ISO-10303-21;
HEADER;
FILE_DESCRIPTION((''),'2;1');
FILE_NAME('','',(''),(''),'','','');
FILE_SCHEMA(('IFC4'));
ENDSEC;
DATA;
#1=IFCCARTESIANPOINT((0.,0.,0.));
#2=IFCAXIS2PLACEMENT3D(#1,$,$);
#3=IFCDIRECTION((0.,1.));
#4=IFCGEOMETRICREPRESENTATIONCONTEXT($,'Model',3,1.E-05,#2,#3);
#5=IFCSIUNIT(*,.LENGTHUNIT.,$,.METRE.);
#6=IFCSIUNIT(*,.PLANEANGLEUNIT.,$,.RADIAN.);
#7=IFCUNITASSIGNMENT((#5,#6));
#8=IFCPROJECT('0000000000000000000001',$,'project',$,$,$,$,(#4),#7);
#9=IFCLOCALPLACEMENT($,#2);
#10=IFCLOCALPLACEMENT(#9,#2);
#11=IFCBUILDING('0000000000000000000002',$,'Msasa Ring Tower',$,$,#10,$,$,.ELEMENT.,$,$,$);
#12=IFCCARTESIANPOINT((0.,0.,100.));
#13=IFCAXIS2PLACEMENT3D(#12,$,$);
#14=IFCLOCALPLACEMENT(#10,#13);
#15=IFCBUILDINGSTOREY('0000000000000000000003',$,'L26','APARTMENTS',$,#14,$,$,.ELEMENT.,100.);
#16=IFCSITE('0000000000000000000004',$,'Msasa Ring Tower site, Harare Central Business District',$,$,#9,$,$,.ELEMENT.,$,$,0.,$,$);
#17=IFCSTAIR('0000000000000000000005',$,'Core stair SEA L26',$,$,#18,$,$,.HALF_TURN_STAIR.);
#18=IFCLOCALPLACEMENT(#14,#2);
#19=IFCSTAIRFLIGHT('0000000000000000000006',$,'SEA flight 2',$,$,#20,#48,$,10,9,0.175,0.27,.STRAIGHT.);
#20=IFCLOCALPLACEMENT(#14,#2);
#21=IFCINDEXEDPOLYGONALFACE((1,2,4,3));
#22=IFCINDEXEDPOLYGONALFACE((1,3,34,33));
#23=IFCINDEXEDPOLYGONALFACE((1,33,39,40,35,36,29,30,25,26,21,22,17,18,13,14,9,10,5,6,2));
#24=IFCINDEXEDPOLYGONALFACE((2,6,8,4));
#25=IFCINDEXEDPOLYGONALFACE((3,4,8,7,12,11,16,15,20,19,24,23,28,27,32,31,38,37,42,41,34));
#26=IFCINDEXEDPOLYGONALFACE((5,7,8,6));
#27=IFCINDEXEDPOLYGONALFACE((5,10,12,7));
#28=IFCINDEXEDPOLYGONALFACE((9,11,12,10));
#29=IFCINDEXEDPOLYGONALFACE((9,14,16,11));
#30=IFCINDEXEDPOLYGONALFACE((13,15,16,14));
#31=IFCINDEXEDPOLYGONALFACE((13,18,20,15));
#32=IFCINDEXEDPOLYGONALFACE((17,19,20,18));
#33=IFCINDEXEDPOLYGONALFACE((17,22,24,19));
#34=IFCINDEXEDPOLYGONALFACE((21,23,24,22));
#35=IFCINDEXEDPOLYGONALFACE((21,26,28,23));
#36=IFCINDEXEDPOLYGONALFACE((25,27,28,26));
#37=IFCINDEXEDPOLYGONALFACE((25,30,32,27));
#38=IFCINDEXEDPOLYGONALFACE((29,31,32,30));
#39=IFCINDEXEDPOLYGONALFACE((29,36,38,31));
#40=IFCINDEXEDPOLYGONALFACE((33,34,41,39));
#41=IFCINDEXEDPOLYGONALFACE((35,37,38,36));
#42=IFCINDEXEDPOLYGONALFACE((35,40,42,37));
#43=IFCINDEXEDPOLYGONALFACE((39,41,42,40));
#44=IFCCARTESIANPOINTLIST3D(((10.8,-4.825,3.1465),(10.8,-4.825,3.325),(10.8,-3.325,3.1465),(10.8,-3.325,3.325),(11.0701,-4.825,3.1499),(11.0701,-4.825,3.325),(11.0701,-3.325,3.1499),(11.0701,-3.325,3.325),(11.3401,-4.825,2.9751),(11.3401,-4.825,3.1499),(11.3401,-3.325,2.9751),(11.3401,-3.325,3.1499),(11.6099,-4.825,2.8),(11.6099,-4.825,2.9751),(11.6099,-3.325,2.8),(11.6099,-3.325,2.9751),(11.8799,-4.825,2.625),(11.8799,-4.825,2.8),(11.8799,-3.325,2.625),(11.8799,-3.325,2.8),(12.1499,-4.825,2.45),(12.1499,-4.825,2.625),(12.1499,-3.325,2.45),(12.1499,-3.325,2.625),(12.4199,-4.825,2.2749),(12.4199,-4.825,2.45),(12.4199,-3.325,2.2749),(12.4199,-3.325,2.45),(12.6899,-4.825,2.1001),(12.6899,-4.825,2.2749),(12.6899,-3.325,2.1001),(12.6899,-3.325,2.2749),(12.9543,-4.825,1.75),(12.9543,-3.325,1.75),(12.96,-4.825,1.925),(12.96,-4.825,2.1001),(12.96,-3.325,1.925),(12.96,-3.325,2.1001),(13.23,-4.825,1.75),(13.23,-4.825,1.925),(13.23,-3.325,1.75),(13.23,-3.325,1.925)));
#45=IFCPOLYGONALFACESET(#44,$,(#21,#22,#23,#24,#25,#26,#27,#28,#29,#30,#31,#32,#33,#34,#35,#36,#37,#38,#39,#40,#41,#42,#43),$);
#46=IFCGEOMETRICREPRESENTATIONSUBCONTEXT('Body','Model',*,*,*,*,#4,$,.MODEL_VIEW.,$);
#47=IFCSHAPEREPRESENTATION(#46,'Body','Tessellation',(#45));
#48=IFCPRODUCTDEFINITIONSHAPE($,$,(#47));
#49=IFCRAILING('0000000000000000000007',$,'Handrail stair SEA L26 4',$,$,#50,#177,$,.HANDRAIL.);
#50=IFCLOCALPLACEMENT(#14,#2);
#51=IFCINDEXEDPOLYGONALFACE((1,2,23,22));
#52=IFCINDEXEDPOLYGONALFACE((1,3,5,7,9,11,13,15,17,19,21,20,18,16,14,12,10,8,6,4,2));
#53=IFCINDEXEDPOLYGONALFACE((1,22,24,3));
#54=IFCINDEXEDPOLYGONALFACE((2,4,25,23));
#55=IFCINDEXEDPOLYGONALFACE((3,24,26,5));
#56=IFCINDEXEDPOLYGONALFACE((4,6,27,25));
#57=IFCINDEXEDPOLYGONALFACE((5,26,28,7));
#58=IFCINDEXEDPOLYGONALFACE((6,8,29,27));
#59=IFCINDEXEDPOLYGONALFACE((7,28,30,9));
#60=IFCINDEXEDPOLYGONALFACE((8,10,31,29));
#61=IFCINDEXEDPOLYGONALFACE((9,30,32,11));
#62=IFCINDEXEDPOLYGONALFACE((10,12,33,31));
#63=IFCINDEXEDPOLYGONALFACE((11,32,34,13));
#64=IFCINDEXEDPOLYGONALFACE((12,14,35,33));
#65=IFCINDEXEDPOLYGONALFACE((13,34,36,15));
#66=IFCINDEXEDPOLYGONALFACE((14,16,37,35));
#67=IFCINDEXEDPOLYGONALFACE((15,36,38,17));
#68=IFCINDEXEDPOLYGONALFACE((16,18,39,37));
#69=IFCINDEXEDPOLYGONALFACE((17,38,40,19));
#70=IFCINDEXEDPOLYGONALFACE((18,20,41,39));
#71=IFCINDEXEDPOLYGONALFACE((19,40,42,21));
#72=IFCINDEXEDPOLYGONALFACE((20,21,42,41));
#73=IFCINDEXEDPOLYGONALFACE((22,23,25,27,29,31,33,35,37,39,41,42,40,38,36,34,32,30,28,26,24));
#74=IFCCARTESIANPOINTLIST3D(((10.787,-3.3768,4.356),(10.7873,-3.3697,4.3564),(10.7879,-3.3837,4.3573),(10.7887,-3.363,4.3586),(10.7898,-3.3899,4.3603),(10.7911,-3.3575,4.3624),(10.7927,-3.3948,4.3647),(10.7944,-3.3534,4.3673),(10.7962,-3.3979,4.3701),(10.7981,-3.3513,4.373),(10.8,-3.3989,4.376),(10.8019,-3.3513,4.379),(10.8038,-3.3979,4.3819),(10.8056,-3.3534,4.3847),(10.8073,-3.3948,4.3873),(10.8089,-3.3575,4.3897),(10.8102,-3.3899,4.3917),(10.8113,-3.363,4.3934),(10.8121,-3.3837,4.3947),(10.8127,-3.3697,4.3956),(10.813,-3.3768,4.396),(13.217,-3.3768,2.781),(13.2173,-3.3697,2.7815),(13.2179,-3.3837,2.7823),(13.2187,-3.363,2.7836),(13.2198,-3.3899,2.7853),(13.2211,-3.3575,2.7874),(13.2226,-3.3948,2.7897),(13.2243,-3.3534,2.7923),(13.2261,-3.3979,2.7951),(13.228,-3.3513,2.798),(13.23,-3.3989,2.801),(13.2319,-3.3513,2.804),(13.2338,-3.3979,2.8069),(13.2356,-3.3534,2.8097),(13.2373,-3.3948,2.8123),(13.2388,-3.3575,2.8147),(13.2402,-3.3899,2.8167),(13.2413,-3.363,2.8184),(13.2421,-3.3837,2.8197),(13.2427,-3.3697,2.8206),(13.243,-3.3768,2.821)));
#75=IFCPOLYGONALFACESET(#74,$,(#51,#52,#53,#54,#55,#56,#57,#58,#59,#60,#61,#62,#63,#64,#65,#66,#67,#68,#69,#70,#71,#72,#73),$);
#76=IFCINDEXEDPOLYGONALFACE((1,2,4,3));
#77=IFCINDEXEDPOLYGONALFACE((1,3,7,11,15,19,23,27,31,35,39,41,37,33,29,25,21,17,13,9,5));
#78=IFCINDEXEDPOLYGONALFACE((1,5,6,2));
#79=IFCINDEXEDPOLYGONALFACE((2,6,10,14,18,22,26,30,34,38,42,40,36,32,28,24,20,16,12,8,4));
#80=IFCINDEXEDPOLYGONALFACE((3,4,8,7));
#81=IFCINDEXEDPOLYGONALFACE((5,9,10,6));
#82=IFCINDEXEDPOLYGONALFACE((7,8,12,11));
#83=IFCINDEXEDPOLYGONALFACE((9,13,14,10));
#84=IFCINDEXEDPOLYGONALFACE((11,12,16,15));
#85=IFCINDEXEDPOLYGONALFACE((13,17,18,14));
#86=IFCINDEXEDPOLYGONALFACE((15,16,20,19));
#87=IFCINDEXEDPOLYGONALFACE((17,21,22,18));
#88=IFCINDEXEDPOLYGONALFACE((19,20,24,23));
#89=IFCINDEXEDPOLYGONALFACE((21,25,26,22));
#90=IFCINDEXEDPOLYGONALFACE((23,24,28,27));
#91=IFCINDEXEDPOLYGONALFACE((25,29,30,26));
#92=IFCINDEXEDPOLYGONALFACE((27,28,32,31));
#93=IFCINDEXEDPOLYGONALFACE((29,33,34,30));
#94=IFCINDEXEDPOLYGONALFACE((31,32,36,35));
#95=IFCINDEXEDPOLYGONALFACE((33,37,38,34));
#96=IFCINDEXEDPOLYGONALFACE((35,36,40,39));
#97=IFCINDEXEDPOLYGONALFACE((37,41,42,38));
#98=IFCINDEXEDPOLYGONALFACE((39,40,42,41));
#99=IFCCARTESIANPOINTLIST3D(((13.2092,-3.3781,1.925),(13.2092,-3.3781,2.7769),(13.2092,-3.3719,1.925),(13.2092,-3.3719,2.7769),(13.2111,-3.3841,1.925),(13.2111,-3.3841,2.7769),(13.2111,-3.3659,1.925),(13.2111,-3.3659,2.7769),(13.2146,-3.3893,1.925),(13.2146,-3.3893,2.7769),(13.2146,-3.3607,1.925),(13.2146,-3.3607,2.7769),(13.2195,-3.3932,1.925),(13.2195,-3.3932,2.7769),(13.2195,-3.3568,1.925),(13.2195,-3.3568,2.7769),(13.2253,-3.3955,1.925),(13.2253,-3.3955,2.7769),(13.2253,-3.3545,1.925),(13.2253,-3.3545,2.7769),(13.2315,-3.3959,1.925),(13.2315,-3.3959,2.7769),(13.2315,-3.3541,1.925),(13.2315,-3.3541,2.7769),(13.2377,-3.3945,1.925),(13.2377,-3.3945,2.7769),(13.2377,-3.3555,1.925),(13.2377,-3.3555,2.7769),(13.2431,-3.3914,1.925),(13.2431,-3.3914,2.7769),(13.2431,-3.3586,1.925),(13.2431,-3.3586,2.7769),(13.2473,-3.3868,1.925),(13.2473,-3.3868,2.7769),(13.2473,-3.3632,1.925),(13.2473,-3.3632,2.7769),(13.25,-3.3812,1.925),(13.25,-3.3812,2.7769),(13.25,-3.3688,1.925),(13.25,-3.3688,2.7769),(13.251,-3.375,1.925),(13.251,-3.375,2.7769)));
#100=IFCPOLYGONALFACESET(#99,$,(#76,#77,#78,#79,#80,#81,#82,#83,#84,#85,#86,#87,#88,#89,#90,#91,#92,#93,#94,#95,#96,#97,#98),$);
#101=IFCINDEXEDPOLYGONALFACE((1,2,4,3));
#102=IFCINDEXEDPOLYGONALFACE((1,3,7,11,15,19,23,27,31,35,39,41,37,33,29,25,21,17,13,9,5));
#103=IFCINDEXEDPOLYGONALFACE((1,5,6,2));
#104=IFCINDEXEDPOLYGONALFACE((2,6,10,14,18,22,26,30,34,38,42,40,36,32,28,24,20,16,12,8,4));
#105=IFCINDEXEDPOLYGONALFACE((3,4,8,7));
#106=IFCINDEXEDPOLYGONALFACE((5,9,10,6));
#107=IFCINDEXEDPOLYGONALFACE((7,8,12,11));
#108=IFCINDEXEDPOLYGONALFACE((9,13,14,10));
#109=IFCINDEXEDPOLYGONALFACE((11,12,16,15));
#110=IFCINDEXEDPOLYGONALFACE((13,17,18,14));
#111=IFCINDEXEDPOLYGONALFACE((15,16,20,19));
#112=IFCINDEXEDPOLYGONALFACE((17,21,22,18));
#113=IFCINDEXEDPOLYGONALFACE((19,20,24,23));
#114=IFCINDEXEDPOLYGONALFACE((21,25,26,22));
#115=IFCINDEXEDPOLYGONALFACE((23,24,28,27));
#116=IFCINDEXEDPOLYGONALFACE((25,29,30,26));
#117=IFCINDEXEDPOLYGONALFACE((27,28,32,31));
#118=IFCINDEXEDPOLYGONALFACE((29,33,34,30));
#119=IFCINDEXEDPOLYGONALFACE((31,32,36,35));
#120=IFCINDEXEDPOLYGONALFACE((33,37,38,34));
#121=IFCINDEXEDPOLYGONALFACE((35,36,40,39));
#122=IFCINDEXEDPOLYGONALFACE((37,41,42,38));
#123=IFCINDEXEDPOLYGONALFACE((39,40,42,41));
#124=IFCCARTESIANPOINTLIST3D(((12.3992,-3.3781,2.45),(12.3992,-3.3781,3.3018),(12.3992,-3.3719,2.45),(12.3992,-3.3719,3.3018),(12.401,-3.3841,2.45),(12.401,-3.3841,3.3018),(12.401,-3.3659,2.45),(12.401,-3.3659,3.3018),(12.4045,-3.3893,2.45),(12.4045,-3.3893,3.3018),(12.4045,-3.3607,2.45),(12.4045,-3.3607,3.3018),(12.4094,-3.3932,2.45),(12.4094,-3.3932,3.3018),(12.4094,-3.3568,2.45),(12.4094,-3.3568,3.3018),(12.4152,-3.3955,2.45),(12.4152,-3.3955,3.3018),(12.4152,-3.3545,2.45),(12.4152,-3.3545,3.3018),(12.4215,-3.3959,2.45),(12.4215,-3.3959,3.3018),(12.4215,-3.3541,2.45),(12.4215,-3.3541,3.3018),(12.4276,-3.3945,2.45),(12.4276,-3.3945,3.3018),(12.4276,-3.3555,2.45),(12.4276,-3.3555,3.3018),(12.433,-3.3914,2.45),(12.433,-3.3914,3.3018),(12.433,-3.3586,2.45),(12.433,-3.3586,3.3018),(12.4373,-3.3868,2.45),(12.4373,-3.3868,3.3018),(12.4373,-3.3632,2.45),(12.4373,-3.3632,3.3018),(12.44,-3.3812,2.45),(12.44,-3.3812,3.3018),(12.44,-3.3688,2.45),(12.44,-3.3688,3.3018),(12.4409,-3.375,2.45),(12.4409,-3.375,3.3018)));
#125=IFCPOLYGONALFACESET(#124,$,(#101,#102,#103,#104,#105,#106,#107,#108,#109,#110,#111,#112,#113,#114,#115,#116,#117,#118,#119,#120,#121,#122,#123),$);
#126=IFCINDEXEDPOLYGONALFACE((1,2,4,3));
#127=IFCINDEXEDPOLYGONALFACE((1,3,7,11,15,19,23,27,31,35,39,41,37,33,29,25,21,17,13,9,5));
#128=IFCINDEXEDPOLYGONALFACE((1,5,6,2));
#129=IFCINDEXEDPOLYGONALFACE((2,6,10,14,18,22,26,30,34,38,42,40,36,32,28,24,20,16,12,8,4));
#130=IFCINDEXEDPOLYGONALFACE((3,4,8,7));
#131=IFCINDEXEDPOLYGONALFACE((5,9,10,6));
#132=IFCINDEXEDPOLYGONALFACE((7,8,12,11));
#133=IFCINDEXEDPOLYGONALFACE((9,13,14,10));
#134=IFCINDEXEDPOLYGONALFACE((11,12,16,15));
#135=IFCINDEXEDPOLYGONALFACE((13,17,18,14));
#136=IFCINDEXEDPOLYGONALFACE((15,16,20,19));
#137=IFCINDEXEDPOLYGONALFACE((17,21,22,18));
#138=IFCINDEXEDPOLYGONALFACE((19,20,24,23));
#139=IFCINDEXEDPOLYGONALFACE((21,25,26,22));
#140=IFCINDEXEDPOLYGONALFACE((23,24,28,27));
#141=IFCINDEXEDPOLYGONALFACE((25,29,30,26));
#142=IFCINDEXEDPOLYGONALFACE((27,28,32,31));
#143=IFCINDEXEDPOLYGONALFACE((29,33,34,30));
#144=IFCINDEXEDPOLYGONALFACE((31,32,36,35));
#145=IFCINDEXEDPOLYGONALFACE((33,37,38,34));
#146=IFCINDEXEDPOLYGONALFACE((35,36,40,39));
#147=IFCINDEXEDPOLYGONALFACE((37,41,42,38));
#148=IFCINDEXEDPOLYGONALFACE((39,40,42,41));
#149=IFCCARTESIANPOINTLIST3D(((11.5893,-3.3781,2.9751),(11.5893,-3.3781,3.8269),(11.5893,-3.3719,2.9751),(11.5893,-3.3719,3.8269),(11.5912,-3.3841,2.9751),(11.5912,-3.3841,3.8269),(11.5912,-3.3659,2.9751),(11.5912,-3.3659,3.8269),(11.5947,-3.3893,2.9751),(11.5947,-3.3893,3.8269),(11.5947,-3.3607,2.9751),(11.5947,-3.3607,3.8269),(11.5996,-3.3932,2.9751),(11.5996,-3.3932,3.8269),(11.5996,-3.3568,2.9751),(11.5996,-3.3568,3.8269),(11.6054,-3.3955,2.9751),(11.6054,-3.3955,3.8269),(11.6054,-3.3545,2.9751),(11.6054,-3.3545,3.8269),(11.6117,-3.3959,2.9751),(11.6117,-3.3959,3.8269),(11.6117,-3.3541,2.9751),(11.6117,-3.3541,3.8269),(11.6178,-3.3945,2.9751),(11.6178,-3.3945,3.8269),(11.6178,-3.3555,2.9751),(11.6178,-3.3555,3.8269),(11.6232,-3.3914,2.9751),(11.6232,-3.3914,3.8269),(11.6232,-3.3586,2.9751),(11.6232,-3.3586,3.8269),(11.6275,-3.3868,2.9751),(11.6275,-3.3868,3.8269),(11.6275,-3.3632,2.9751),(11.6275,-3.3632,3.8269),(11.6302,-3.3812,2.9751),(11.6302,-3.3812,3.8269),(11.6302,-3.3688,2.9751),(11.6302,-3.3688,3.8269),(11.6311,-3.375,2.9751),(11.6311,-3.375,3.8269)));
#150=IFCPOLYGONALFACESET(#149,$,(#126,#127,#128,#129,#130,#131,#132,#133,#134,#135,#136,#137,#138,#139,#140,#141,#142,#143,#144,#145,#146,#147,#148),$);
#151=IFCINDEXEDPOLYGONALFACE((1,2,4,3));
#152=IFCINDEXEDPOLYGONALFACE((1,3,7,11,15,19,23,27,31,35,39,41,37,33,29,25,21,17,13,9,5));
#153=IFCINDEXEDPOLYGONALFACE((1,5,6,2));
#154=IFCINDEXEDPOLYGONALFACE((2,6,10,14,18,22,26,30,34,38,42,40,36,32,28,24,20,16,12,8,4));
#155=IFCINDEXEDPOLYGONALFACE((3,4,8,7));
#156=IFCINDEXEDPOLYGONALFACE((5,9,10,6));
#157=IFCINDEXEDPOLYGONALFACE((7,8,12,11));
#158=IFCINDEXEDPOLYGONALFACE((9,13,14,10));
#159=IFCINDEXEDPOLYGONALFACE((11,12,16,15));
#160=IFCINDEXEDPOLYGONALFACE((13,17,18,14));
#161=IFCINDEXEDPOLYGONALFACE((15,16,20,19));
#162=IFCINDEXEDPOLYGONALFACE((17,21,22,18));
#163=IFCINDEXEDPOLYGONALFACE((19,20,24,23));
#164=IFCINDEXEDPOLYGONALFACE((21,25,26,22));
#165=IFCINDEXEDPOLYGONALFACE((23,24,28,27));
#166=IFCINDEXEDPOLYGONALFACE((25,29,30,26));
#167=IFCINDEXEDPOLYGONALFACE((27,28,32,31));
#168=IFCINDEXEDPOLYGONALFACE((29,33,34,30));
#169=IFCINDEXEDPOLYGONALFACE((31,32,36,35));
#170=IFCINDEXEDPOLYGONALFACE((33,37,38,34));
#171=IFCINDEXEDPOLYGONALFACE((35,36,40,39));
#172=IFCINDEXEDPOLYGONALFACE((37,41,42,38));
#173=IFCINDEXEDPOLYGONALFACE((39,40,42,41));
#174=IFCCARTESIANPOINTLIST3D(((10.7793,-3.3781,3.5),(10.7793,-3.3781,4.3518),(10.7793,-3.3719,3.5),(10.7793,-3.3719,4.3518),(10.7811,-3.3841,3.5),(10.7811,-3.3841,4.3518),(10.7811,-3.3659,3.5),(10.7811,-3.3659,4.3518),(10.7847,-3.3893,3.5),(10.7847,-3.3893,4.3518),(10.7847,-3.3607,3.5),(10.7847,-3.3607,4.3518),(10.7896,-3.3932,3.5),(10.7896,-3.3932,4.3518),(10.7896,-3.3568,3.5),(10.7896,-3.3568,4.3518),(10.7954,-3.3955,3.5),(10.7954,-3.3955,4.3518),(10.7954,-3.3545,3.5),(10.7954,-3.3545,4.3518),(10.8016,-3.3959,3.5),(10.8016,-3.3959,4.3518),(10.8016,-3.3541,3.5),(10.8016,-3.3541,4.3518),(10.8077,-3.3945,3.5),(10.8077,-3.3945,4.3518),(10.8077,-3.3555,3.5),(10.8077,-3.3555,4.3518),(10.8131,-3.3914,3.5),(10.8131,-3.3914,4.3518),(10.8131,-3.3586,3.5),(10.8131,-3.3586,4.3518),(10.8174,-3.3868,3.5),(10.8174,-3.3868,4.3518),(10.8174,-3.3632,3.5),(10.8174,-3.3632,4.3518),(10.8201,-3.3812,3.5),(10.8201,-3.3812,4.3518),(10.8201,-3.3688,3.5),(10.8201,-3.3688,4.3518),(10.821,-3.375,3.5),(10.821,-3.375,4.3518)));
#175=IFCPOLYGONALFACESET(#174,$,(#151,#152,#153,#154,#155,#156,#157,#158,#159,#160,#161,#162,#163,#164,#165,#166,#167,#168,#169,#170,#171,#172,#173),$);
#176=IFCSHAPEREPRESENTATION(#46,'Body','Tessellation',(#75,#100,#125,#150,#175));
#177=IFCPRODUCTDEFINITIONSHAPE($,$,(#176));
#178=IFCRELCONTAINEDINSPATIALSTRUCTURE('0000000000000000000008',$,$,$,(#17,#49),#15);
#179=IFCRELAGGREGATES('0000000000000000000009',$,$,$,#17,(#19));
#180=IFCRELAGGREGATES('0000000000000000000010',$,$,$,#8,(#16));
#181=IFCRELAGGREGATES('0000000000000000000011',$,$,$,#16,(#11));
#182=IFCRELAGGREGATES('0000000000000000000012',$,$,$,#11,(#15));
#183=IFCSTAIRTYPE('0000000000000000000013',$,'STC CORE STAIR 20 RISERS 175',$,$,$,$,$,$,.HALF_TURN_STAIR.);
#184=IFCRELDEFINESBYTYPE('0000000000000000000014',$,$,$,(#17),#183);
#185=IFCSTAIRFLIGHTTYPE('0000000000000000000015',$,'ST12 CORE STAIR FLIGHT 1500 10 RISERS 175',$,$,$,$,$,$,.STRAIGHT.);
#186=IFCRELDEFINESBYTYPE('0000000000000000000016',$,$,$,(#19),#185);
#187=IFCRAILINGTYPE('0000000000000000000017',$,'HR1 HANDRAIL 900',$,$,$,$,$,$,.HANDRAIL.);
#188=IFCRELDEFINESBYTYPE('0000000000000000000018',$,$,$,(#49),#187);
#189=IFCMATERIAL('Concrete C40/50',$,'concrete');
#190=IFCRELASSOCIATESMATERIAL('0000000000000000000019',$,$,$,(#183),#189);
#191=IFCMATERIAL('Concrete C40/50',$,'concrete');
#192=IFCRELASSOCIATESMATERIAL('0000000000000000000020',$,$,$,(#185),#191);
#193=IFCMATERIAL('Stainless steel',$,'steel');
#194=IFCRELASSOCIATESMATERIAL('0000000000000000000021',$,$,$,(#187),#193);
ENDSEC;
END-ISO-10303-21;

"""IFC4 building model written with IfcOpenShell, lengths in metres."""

from ifc_helpers import new_model, si_unit, direction, frame, origin, origin_2d, place, context, subcontext, project, spatial, polyline, circle, outline, extrude, material, type_object, element, aggregate, save


model = new_model("IFC4")

# Units and contexts
model_context = context("Model", 3, precision=1e-05, world=origin(), true_north=direction((0.0, 1.0)))
body_context = subcontext(model_context, "Body", "Model", "MODEL_VIEW")
ifc_project = project(units=[si_unit("LENGTHUNIT", "METRE"), si_unit("PLANEANGLEUNIT", "RADIAN")], contexts=[model_context])

# Site, building, storey
site_placement = place(None, origin())
site = spatial("IfcSite", under=ifc_project, at=site_placement, Name="Msasa Ring Tower site, Harare Central Business District", CompositionType="ELEMENT", RefElevation=0.0)
building_placement = place(site_placement, origin())
building = spatial("IfcBuilding", under=site, at=building_placement, Name="Msasa Ring Tower", CompositionType="ELEMENT")
storey_placement = place(building_placement, frame((0.0, 0.0, 100.0)))
storey = spatial("IfcBuildingStorey", under=building, at=storey_placement, Name="L26", Description="APARTMENTS", CompositionType="ELEMENT", Elevation=100.0)

# Stair, stair flight
ifc_material_1 = material(Name="Concrete C40/50", Category="concrete")
stair_type = type_object("IfcStairType", Name="STC CORE STAIR 20 RISERS 175", PredefinedType="HALF_TURN_STAIR", material=ifc_material_1)
stair_placement = place(storey_placement, origin())
stair = element("IfcStair", 1, at=stair_placement, inside=storey, type_object=stair_type, Name="Core stair SEA L26", PredefinedType="HALF_TURN_STAIR")
ifc_material_2 = material(Name="Concrete C40/50", Category="concrete")
stair_flight_type = type_object("IfcStairFlightType", Name="ST12 CORE STAIR FLIGHT 1500 10 RISERS 175", PredefinedType="STRAIGHT", material=ifc_material_2)
stair_flight_placement = place(storey_placement, frame((13.23, -4.075, 1.75), z_axis=(0.0, 0.0, 1.0), x_axis=(-1.0, 0.0, 0.0)))
stair_flight = element("IfcStairFlight", 2, at=stair_flight_placement, type_object=stair_flight_type, Name="SEA flight 2", NumberOfRisers=10, NumberOfTreads=9, PredefinedType="STRAIGHT", RiserHeight=0.175, TreadLength=0.27, context=body_context, shape_type="SweptSolid", body=[
    extrude(outline(polyline([(0.0, 0.0), (0.0, 0.175), (0.27, 0.175), (0.27, 0.3501), (0.54, 0.3501), (0.54, 0.5249), (0.8101, 0.5249), (0.8101, 0.7), (1.0801, 0.7), (1.0801, 0.875), (1.3501, 0.875), (1.3501, 1.05), (1.6201, 1.05), (1.6201, 1.2251), (1.8899, 1.2251), (1.8899, 1.3999), (2.1599, 1.3999), (2.1599, 1.575), (2.4299, 1.575), (2.4299, 1.75), (2.4299, 1.3965), (0.2756, 0.0), (0.0, 0.0)])), frame((0.0, 0.75, 0.0), z_axis=(0.0, -1.0, 0.0), x_axis=(1.0, 0.0, 0.0)), (0.0, 0.0, 1.0), 1.5),
])
aggregate(stair, [stair_flight])

# Railing
ifc_material_3 = material(Name="Stainless steel", Category="steel")
railing_type = type_object("IfcRailingType", Name="HR1 HANDRAIL 900", PredefinedType="HANDRAIL", material=ifc_material_3)
railing_placement = place(storey_placement, frame((13.23, -3.375, 1.925)))
element("IfcRailing", 3, at=railing_placement, inside=storey, type_object=railing_type, Name="Handrail stair SEA L26 4", PredefinedType="HANDRAIL", context=body_context, shape_type="SweptSolid", body=[
    extrude(circle(Radius=0.0239, at=origin_2d()), frame((0.0, 0.0, 0.876), z_axis=(-0.839154, 0.0, 0.543894), x_axis=(0.0, -1.0, 0.0)), (0.0, 0.0, 1.0), 2.8958),
    extrude(circle(Radius=0.021, at=origin_2d()), origin(), (0.0, 0.0, 1.0), 0.8518),
    extrude(circle(Radius=0.021, at=origin_2d()), frame((-0.8101, 0.0, 0.5249)), (0.0, 0.0, 1.0), 0.8518),
    extrude(circle(Radius=0.021, at=origin_2d()), frame((-1.6199, 0.0, 1.05)), (0.0, 0.0, 1.0), 0.8518),
    extrude(circle(Radius=0.021, at=origin_2d()), frame((-2.4299, 0.0, 1.575)), (0.0, 0.0, 1.0), 0.8518),
])

save(model, "model.ifc")
